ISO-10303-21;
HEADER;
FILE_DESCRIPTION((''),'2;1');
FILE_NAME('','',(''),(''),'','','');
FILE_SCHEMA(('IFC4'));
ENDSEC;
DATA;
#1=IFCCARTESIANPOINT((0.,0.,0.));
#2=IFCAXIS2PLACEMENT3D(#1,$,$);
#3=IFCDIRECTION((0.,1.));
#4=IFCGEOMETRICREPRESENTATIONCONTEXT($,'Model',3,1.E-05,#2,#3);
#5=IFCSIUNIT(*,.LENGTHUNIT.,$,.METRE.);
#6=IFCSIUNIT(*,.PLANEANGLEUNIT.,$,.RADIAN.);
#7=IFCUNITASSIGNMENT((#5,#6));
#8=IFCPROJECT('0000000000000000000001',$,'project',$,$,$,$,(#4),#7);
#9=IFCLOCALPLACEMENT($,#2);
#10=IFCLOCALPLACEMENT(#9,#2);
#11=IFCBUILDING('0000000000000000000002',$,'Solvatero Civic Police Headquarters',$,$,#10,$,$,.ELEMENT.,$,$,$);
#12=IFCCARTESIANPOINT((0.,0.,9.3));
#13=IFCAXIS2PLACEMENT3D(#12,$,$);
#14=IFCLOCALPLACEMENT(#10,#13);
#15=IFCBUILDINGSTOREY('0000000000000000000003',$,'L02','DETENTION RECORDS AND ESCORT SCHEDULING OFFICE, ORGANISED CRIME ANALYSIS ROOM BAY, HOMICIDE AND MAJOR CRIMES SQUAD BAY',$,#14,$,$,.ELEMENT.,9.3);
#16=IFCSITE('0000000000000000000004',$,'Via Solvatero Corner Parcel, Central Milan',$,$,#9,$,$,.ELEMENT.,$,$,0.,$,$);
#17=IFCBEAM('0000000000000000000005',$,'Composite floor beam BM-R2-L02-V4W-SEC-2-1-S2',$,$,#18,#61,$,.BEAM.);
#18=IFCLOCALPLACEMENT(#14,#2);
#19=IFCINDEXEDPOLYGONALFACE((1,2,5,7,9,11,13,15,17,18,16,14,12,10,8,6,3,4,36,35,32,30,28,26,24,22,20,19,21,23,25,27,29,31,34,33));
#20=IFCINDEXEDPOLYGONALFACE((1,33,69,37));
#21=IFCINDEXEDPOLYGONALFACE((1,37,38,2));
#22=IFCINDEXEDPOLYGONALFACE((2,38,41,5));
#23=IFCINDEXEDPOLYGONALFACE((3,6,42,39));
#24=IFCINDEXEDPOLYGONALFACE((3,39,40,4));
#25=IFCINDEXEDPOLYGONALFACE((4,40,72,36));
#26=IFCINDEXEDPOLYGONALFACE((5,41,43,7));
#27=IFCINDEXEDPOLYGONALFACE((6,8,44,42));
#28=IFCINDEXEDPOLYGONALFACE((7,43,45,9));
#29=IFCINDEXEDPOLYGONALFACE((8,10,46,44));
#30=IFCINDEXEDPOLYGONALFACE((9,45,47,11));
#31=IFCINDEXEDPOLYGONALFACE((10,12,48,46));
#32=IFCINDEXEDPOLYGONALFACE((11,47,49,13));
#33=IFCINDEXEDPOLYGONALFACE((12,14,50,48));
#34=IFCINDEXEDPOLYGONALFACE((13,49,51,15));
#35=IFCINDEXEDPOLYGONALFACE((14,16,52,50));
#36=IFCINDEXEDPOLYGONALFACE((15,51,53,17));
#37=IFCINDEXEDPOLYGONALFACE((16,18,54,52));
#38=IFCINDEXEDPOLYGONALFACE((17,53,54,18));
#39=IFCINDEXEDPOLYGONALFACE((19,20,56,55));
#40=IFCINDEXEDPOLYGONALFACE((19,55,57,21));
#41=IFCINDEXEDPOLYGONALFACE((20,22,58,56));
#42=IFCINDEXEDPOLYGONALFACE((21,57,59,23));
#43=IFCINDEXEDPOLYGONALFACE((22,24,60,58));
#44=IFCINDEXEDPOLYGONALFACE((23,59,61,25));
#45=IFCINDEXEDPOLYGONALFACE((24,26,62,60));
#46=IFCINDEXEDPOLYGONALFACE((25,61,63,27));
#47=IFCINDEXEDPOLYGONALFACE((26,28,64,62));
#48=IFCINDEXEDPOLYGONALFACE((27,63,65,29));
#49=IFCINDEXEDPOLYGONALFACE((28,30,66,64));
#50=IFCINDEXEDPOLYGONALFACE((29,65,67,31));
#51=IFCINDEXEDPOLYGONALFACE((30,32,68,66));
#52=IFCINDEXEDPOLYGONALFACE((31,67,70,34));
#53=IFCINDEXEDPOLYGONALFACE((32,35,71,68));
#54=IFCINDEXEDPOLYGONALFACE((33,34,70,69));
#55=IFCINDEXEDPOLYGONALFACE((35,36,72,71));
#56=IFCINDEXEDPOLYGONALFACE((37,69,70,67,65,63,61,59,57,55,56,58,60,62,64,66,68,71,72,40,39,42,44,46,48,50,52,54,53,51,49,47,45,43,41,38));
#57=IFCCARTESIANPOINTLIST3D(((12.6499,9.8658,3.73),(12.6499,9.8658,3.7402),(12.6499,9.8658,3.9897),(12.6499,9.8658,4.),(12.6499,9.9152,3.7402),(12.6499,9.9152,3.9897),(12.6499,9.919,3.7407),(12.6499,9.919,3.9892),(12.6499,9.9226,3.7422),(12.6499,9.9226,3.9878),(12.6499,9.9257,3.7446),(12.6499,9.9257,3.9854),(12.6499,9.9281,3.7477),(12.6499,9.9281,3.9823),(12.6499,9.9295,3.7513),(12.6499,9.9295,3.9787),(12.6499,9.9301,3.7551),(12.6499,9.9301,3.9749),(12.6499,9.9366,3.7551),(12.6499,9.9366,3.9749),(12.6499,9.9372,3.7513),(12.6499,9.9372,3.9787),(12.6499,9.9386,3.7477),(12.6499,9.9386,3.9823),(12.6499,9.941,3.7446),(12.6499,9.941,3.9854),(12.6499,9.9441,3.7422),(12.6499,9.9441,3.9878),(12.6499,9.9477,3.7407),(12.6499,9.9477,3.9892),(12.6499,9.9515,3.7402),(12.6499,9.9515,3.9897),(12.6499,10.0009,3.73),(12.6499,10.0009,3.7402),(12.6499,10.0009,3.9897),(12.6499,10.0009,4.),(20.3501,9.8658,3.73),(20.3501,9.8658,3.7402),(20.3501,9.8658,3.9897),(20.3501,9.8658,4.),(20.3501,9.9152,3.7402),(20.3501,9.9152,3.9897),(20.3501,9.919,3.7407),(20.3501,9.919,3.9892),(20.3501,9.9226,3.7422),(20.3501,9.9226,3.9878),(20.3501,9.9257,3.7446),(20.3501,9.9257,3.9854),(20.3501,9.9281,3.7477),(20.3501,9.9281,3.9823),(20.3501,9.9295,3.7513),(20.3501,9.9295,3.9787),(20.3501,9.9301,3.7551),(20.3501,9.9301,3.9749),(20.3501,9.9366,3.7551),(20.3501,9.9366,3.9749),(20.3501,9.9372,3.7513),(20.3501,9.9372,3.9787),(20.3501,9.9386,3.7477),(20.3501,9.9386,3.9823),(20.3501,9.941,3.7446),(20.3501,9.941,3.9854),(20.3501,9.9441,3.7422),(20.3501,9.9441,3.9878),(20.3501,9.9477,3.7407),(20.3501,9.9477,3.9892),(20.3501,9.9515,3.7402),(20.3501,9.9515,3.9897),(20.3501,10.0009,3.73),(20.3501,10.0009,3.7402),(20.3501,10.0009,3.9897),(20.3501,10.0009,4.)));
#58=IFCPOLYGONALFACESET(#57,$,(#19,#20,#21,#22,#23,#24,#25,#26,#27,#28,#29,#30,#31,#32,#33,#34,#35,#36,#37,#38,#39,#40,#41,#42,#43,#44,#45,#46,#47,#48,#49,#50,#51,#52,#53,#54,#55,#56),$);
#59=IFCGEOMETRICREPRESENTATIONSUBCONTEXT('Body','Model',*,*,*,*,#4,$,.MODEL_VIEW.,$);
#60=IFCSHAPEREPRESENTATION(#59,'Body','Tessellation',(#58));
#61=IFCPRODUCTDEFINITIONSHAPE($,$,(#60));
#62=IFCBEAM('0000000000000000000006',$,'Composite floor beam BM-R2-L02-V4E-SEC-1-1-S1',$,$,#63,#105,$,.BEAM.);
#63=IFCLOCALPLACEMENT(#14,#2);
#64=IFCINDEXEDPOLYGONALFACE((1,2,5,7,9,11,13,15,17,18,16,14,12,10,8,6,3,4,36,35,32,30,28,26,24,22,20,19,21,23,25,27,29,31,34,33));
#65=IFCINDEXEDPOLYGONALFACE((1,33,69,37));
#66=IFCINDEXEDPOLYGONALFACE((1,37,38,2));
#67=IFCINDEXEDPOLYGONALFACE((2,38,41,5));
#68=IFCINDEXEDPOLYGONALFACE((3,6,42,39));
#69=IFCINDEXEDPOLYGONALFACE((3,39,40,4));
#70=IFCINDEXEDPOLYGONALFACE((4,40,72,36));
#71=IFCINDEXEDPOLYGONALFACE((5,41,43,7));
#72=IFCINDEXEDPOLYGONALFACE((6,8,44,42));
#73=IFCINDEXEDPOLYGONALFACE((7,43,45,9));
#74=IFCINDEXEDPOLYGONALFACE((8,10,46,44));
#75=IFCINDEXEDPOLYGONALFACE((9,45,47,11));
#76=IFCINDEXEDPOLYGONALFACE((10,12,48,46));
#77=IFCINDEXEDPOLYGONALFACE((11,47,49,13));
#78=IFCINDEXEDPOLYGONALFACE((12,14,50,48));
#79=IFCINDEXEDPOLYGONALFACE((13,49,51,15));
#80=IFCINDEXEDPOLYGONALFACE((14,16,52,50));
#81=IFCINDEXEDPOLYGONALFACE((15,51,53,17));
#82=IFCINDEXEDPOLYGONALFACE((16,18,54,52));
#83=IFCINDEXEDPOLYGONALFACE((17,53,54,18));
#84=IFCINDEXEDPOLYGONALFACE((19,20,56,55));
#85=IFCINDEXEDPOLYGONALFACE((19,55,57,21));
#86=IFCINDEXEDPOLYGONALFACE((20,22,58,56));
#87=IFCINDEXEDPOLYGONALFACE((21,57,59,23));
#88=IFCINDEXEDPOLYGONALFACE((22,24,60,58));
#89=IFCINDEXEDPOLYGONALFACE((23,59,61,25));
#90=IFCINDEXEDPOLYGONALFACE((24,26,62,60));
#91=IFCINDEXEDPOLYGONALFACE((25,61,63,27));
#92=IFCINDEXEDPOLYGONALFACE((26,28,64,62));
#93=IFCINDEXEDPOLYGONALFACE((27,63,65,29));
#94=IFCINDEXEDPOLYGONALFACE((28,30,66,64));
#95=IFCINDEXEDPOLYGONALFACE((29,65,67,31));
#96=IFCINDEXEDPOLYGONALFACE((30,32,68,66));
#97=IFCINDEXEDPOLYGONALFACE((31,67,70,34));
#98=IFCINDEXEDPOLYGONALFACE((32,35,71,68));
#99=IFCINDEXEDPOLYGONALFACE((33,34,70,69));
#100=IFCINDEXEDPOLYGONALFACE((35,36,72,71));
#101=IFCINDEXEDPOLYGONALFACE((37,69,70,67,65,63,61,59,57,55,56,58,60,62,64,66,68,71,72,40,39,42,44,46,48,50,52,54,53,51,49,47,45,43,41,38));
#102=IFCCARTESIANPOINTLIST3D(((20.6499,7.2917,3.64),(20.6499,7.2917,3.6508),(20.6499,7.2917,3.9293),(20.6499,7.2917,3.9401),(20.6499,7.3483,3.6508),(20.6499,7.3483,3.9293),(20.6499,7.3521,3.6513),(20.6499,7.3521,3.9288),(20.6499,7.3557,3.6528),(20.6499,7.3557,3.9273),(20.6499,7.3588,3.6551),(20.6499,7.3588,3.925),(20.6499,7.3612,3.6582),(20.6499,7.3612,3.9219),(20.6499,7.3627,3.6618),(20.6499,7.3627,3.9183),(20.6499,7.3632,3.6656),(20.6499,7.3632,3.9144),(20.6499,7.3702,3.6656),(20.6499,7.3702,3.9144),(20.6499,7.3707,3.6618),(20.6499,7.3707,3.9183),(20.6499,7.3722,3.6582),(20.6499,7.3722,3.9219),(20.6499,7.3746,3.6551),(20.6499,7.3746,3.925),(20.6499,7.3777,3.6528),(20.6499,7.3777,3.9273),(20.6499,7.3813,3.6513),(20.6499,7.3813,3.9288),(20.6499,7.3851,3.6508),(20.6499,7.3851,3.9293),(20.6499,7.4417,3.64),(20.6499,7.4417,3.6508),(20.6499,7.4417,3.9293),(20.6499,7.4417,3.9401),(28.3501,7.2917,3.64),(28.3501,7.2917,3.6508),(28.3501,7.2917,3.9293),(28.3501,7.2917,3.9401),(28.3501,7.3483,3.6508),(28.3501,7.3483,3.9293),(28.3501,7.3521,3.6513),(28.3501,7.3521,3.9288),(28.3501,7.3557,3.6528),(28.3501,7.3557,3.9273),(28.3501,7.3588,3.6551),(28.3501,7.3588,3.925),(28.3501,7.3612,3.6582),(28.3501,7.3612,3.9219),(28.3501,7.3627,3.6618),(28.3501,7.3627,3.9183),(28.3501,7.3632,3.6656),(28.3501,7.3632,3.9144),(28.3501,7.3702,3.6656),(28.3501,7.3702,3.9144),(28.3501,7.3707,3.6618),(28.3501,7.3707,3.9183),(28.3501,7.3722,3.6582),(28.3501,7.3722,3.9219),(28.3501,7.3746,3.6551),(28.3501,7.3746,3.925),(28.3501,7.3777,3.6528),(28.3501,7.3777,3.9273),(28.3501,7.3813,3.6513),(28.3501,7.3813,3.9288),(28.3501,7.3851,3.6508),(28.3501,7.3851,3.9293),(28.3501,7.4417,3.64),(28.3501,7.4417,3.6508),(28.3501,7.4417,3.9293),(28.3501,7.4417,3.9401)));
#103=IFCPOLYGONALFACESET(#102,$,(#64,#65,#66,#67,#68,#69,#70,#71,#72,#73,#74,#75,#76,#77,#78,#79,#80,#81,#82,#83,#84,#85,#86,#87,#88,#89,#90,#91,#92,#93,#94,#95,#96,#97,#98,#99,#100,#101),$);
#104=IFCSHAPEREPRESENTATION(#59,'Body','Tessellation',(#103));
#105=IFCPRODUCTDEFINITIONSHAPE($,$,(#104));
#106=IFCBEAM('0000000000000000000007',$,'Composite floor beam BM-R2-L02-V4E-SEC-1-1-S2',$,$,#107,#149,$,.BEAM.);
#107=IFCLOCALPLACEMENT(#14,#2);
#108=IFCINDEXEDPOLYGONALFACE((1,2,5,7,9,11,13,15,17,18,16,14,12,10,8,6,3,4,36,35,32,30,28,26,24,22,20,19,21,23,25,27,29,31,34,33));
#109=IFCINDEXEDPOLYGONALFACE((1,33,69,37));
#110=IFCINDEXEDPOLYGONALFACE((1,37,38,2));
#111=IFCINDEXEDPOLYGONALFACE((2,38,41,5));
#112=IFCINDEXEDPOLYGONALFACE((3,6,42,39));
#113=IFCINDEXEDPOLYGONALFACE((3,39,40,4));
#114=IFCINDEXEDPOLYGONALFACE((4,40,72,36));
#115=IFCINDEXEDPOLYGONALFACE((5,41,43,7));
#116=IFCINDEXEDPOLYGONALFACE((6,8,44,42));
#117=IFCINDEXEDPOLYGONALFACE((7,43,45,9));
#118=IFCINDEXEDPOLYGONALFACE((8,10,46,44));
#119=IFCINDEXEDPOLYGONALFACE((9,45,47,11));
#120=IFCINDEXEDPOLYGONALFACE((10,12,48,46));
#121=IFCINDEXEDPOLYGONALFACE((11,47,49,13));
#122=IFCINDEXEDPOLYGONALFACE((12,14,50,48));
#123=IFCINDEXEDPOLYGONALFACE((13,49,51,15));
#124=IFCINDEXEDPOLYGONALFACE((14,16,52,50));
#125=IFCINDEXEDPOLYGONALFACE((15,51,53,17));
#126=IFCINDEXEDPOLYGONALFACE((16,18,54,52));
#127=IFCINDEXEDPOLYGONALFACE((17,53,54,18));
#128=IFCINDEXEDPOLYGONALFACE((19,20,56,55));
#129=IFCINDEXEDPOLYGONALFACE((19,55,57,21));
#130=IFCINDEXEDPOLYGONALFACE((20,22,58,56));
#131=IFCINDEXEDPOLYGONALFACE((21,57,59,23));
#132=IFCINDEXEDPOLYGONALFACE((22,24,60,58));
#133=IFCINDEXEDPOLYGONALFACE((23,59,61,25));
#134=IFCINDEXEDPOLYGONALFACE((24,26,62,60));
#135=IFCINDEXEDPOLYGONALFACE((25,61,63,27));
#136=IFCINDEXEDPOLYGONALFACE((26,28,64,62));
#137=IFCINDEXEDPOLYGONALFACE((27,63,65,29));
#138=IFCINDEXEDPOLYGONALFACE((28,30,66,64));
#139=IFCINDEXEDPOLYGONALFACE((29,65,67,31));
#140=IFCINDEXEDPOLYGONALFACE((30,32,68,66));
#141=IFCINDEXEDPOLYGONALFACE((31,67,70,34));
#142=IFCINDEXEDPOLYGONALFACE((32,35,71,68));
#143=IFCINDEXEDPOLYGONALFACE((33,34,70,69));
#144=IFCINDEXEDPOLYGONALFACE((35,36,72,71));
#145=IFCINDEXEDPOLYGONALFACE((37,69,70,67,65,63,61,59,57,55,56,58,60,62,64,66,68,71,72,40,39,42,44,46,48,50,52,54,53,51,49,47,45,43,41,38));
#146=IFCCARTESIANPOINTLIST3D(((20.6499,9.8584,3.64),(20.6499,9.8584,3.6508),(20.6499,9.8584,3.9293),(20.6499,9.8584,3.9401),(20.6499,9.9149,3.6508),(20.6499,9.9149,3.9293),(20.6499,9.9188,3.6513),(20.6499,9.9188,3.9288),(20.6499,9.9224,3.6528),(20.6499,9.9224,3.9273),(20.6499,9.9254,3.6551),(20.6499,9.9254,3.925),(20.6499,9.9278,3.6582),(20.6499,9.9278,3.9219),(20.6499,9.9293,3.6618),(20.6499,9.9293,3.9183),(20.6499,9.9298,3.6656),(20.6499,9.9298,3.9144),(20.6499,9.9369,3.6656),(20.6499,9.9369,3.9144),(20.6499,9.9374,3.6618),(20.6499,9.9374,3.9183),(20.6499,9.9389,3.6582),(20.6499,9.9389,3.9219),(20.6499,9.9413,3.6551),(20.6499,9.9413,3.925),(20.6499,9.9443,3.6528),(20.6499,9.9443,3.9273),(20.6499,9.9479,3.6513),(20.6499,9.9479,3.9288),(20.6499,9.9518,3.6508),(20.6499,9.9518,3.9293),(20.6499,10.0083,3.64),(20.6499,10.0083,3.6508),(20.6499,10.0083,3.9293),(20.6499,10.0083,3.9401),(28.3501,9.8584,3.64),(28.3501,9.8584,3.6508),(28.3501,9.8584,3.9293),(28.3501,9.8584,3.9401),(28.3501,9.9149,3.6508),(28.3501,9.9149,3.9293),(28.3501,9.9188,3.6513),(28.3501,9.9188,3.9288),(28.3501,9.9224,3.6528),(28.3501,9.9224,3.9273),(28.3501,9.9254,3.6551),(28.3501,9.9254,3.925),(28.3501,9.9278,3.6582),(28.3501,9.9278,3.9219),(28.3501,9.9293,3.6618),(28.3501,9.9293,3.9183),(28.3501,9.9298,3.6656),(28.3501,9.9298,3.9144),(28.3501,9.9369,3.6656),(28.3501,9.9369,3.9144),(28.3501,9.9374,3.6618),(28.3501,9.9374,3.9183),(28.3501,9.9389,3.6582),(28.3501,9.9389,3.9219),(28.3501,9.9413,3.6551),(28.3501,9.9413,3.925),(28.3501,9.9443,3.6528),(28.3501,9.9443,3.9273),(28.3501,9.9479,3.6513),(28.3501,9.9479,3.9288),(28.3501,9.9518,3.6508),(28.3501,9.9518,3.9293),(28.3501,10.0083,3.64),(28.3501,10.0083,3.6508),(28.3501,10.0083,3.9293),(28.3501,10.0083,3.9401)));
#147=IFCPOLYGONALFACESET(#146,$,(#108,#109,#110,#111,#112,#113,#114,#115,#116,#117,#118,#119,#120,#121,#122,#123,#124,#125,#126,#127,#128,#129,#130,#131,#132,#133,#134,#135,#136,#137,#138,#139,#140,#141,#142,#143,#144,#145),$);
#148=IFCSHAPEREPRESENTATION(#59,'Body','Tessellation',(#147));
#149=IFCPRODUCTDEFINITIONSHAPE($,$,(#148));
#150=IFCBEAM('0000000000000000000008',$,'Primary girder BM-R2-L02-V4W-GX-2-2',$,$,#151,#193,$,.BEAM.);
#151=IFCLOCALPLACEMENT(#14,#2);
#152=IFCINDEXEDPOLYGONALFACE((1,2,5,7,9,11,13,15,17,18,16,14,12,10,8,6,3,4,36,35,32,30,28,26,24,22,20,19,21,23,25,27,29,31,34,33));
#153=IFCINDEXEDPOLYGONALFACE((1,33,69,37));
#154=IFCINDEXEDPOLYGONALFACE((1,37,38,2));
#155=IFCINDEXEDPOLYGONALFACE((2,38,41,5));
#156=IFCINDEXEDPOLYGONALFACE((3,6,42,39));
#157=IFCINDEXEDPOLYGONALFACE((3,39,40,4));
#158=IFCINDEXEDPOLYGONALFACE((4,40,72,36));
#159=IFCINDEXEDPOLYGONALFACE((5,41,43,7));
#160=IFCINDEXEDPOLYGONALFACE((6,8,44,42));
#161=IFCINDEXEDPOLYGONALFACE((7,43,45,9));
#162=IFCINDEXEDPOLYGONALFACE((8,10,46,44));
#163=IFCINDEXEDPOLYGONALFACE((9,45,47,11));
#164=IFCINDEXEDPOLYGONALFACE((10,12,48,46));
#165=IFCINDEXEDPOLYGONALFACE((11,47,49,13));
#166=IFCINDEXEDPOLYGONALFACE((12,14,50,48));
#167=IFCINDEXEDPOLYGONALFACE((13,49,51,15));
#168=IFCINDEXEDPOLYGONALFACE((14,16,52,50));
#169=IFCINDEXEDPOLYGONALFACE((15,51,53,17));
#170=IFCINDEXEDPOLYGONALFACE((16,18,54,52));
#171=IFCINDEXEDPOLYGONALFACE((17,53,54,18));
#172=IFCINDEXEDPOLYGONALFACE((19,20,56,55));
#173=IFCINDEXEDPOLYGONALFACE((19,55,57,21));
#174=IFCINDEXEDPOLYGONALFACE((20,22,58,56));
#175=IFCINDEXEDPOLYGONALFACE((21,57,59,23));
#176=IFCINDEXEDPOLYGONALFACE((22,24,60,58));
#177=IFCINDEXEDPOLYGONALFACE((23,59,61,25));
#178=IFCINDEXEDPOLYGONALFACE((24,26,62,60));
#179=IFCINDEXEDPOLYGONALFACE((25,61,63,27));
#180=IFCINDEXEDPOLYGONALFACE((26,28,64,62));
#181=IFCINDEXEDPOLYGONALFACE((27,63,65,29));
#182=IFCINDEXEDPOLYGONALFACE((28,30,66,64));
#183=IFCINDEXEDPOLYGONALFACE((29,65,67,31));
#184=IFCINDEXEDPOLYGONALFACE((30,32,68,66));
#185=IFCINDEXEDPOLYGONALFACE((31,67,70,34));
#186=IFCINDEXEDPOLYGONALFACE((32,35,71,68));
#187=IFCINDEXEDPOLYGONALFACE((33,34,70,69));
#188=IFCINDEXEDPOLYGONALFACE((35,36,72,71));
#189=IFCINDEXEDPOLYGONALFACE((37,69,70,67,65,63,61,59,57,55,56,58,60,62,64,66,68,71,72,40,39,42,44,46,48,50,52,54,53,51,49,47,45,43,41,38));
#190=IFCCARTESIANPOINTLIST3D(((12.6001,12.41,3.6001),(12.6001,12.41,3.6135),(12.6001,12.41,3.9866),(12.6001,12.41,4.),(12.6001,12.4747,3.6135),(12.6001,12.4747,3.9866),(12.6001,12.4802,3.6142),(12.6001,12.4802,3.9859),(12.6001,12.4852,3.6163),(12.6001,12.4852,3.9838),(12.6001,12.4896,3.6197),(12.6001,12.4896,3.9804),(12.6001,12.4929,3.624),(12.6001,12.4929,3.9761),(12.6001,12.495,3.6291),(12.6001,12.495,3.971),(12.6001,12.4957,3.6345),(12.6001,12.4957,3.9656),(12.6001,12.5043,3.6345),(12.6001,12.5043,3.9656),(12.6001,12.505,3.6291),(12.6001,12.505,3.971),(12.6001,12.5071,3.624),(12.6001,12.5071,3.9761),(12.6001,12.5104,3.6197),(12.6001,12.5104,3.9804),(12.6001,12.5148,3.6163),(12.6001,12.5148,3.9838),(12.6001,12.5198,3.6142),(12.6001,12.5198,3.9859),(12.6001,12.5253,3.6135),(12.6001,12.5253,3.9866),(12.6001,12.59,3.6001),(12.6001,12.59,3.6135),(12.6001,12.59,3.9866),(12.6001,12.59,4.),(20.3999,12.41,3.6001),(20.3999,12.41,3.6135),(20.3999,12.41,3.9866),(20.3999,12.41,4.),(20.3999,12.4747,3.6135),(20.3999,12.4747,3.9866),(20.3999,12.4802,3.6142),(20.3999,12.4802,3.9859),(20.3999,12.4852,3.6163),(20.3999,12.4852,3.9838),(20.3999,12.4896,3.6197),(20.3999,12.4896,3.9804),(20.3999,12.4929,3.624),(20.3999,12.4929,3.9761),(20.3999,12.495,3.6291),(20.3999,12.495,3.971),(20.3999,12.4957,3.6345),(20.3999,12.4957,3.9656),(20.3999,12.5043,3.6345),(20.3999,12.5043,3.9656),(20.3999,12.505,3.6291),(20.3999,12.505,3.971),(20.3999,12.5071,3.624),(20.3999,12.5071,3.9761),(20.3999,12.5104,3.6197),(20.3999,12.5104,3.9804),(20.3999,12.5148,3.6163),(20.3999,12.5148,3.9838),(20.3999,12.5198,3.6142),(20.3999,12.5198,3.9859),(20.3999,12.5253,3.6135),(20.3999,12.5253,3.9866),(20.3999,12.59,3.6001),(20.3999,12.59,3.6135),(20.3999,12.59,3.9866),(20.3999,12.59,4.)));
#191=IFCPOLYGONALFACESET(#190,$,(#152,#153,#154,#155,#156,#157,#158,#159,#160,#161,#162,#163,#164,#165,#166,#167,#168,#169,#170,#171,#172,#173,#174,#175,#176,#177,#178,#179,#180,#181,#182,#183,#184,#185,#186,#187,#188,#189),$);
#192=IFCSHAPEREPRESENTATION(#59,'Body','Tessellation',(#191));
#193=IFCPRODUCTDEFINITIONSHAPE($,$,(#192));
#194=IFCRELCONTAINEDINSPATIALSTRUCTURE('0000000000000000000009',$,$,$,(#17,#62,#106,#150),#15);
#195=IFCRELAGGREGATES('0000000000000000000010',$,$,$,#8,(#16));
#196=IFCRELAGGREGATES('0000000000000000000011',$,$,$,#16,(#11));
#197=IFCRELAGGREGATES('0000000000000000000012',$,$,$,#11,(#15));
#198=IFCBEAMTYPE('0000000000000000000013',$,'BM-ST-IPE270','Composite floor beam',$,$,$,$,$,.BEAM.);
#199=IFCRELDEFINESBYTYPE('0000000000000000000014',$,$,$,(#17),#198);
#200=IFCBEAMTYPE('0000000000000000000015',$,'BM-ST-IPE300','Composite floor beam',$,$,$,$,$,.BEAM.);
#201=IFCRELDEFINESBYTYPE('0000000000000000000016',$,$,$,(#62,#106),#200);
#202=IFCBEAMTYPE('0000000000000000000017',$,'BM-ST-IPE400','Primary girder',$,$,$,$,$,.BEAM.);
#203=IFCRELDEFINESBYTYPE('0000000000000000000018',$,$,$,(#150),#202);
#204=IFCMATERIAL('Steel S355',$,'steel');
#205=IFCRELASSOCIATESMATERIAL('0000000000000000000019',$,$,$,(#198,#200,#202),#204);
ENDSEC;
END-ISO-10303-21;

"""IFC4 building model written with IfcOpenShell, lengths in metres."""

from ifc_helpers import new_model, si_unit, direction, frame, origin, origin_2d, place, context, subcontext, project, spatial, i_section, extrude, material, material_profile, profile_set, type_object, element, save


model = new_model("IFC4")

# Units and contexts
model_context = context("Model", 3, precision=1e-05, world=origin(), true_north=direction((0.0, 1.0)))
body_context = subcontext(model_context, "Body", "Model", "MODEL_VIEW")
ifc_project = project(units=[si_unit("LENGTHUNIT", "METRE"), si_unit("PLANEANGLEUNIT", "RADIAN")], contexts=[model_context])

# Site, building, storey
site_placement = place(None, origin())
site = spatial("IfcSite", under=ifc_project, at=site_placement, Name="Via Solvatero Corner Parcel, Central Milan", CompositionType="ELEMENT", RefElevation=0.0)
building_placement = place(site_placement, origin())
building = spatial("IfcBuilding", under=site, at=building_placement, Name="Solvatero Civic Police Headquarters", CompositionType="ELEMENT")
storey_placement = place(building_placement, frame((0.0, 0.0, 9.3)))
storey = spatial("IfcBuildingStorey", under=building, at=storey_placement, Name="L02", Description="DETENTION RECORDS AND ESCORT SCHEDULING OFFICE, ORGANISED CRIME ANALYSIS ROOM BAY, HOMICIDE AND MAJOR CRIMES SQUAD BAY", CompositionType="ELEMENT", Elevation=9.3)

# Shared definitions
ifc_material_1 = material(Name="Steel S355", Category="steel")

# Beams
ifc_material_profile_1 = material_profile(ifc_material_1, i_section(OverallWidth=0.135, OverallDepth=0.27, WebThickness=0.0066, FlangeThickness=0.0103, FilletRadius=0.0149, at=origin_2d()), Name="IPE 270")
ifc_profile_set_1 = profile_set([ifc_material_profile_1], Name="Steel S355")
beam_type_1 = type_object("IfcBeamType", Name="BM-ST-IPE270", Description="Composite floor beam", PredefinedType="BEAM", material=ifc_profile_set_1)
for number, where, z_axis, x_axis, name in (
    (1, (12.6499, 9.9333, 3.865), (1.0, 0.0, 0.0), (0.0, 1.0, 0.0), "Composite floor beam BM-R2-L02-V4W-SEC-2-1-S2"),
):
    element("IfcBeam", number, at=place(storey_placement, frame(where, z_axis=z_axis, x_axis=x_axis)), inside=storey, type_object=beam_type_1, Name=name, PredefinedType="BEAM", context=body_context, shape_type="SweptSolid", body=[
        extrude(i_section(OverallWidth=0.135, OverallDepth=0.27, WebThickness=0.0066, FlangeThickness=0.0103, FilletRadius=0.0149, at=origin_2d()), origin(), (0.0, 0.0, 1.0), 7.7002),
    ])
ifc_material_profile_2 = material_profile(ifc_material_1, i_section(OverallWidth=0.1499, OverallDepth=0.3, WebThickness=0.0071, FlangeThickness=0.0107, FilletRadius=0.0149, at=origin_2d()), Name="IPE 300")
ifc_profile_set_2 = profile_set([ifc_material_profile_2], Name="Steel S355")
beam_type_2 = type_object("IfcBeamType", Name="BM-ST-IPE300", Description="Composite floor beam", PredefinedType="BEAM", material=ifc_profile_set_2)
for number, where, z_axis, x_axis, name in (
    (2, (20.6499, 7.3667, 3.79), (1.0, 0.0, 0.0), (0.0, 1.0, 0.0), "Composite floor beam BM-R2-L02-V4E-SEC-1-1-S1"),
    (3, (20.6499, 9.9333, 3.79), (1.0, 0.0, 0.0), (0.0, 1.0, 0.0), "Composite floor beam BM-R2-L02-V4E-SEC-1-1-S2"),
):
    element("IfcBeam", number, at=place(storey_placement, frame(where, z_axis=z_axis, x_axis=x_axis)), inside=storey, type_object=beam_type_2, Name=name, PredefinedType="BEAM", context=body_context, shape_type="SweptSolid", body=[
        extrude(i_section(OverallWidth=0.1499, OverallDepth=0.3, WebThickness=0.0071, FlangeThickness=0.0107, FilletRadius=0.0149, at=origin_2d()), origin(), (0.0, 0.0, 1.0), 7.7002),
    ])
ifc_material_profile_3 = material_profile(ifc_material_1, i_section(OverallWidth=0.1799, OverallDepth=0.3999, WebThickness=0.0085, FlangeThickness=0.0134, FilletRadius=0.021, at=origin_2d()), Name="IPE 400")
ifc_profile_set_3 = profile_set([ifc_material_profile_3], Name="Steel S355")
beam_type_3 = type_object("IfcBeamType", Name="BM-ST-IPE400", Description="Primary girder", PredefinedType="BEAM", material=ifc_profile_set_3)
beam_1_placement = place(storey_placement, frame((12.6001, 12.5, 3.8), z_axis=(1.0, 0.0, 0.0), x_axis=(0.0, 1.0, 0.0)))
element("IfcBeam", 4, at=beam_1_placement, inside=storey, type_object=beam_type_3, Name="Primary girder BM-R2-L02-V4W-GX-2-2", PredefinedType="BEAM", context=body_context, shape_type="SweptSolid", body=[
    extrude(i_section(OverallWidth=0.1799, OverallDepth=0.3999, WebThickness=0.0085, FlangeThickness=0.0134, FilletRadius=0.021, at=origin_2d()), origin(), (0.0, 0.0, 1.0), 7.7998),
])

save(model, "model.ifc")
